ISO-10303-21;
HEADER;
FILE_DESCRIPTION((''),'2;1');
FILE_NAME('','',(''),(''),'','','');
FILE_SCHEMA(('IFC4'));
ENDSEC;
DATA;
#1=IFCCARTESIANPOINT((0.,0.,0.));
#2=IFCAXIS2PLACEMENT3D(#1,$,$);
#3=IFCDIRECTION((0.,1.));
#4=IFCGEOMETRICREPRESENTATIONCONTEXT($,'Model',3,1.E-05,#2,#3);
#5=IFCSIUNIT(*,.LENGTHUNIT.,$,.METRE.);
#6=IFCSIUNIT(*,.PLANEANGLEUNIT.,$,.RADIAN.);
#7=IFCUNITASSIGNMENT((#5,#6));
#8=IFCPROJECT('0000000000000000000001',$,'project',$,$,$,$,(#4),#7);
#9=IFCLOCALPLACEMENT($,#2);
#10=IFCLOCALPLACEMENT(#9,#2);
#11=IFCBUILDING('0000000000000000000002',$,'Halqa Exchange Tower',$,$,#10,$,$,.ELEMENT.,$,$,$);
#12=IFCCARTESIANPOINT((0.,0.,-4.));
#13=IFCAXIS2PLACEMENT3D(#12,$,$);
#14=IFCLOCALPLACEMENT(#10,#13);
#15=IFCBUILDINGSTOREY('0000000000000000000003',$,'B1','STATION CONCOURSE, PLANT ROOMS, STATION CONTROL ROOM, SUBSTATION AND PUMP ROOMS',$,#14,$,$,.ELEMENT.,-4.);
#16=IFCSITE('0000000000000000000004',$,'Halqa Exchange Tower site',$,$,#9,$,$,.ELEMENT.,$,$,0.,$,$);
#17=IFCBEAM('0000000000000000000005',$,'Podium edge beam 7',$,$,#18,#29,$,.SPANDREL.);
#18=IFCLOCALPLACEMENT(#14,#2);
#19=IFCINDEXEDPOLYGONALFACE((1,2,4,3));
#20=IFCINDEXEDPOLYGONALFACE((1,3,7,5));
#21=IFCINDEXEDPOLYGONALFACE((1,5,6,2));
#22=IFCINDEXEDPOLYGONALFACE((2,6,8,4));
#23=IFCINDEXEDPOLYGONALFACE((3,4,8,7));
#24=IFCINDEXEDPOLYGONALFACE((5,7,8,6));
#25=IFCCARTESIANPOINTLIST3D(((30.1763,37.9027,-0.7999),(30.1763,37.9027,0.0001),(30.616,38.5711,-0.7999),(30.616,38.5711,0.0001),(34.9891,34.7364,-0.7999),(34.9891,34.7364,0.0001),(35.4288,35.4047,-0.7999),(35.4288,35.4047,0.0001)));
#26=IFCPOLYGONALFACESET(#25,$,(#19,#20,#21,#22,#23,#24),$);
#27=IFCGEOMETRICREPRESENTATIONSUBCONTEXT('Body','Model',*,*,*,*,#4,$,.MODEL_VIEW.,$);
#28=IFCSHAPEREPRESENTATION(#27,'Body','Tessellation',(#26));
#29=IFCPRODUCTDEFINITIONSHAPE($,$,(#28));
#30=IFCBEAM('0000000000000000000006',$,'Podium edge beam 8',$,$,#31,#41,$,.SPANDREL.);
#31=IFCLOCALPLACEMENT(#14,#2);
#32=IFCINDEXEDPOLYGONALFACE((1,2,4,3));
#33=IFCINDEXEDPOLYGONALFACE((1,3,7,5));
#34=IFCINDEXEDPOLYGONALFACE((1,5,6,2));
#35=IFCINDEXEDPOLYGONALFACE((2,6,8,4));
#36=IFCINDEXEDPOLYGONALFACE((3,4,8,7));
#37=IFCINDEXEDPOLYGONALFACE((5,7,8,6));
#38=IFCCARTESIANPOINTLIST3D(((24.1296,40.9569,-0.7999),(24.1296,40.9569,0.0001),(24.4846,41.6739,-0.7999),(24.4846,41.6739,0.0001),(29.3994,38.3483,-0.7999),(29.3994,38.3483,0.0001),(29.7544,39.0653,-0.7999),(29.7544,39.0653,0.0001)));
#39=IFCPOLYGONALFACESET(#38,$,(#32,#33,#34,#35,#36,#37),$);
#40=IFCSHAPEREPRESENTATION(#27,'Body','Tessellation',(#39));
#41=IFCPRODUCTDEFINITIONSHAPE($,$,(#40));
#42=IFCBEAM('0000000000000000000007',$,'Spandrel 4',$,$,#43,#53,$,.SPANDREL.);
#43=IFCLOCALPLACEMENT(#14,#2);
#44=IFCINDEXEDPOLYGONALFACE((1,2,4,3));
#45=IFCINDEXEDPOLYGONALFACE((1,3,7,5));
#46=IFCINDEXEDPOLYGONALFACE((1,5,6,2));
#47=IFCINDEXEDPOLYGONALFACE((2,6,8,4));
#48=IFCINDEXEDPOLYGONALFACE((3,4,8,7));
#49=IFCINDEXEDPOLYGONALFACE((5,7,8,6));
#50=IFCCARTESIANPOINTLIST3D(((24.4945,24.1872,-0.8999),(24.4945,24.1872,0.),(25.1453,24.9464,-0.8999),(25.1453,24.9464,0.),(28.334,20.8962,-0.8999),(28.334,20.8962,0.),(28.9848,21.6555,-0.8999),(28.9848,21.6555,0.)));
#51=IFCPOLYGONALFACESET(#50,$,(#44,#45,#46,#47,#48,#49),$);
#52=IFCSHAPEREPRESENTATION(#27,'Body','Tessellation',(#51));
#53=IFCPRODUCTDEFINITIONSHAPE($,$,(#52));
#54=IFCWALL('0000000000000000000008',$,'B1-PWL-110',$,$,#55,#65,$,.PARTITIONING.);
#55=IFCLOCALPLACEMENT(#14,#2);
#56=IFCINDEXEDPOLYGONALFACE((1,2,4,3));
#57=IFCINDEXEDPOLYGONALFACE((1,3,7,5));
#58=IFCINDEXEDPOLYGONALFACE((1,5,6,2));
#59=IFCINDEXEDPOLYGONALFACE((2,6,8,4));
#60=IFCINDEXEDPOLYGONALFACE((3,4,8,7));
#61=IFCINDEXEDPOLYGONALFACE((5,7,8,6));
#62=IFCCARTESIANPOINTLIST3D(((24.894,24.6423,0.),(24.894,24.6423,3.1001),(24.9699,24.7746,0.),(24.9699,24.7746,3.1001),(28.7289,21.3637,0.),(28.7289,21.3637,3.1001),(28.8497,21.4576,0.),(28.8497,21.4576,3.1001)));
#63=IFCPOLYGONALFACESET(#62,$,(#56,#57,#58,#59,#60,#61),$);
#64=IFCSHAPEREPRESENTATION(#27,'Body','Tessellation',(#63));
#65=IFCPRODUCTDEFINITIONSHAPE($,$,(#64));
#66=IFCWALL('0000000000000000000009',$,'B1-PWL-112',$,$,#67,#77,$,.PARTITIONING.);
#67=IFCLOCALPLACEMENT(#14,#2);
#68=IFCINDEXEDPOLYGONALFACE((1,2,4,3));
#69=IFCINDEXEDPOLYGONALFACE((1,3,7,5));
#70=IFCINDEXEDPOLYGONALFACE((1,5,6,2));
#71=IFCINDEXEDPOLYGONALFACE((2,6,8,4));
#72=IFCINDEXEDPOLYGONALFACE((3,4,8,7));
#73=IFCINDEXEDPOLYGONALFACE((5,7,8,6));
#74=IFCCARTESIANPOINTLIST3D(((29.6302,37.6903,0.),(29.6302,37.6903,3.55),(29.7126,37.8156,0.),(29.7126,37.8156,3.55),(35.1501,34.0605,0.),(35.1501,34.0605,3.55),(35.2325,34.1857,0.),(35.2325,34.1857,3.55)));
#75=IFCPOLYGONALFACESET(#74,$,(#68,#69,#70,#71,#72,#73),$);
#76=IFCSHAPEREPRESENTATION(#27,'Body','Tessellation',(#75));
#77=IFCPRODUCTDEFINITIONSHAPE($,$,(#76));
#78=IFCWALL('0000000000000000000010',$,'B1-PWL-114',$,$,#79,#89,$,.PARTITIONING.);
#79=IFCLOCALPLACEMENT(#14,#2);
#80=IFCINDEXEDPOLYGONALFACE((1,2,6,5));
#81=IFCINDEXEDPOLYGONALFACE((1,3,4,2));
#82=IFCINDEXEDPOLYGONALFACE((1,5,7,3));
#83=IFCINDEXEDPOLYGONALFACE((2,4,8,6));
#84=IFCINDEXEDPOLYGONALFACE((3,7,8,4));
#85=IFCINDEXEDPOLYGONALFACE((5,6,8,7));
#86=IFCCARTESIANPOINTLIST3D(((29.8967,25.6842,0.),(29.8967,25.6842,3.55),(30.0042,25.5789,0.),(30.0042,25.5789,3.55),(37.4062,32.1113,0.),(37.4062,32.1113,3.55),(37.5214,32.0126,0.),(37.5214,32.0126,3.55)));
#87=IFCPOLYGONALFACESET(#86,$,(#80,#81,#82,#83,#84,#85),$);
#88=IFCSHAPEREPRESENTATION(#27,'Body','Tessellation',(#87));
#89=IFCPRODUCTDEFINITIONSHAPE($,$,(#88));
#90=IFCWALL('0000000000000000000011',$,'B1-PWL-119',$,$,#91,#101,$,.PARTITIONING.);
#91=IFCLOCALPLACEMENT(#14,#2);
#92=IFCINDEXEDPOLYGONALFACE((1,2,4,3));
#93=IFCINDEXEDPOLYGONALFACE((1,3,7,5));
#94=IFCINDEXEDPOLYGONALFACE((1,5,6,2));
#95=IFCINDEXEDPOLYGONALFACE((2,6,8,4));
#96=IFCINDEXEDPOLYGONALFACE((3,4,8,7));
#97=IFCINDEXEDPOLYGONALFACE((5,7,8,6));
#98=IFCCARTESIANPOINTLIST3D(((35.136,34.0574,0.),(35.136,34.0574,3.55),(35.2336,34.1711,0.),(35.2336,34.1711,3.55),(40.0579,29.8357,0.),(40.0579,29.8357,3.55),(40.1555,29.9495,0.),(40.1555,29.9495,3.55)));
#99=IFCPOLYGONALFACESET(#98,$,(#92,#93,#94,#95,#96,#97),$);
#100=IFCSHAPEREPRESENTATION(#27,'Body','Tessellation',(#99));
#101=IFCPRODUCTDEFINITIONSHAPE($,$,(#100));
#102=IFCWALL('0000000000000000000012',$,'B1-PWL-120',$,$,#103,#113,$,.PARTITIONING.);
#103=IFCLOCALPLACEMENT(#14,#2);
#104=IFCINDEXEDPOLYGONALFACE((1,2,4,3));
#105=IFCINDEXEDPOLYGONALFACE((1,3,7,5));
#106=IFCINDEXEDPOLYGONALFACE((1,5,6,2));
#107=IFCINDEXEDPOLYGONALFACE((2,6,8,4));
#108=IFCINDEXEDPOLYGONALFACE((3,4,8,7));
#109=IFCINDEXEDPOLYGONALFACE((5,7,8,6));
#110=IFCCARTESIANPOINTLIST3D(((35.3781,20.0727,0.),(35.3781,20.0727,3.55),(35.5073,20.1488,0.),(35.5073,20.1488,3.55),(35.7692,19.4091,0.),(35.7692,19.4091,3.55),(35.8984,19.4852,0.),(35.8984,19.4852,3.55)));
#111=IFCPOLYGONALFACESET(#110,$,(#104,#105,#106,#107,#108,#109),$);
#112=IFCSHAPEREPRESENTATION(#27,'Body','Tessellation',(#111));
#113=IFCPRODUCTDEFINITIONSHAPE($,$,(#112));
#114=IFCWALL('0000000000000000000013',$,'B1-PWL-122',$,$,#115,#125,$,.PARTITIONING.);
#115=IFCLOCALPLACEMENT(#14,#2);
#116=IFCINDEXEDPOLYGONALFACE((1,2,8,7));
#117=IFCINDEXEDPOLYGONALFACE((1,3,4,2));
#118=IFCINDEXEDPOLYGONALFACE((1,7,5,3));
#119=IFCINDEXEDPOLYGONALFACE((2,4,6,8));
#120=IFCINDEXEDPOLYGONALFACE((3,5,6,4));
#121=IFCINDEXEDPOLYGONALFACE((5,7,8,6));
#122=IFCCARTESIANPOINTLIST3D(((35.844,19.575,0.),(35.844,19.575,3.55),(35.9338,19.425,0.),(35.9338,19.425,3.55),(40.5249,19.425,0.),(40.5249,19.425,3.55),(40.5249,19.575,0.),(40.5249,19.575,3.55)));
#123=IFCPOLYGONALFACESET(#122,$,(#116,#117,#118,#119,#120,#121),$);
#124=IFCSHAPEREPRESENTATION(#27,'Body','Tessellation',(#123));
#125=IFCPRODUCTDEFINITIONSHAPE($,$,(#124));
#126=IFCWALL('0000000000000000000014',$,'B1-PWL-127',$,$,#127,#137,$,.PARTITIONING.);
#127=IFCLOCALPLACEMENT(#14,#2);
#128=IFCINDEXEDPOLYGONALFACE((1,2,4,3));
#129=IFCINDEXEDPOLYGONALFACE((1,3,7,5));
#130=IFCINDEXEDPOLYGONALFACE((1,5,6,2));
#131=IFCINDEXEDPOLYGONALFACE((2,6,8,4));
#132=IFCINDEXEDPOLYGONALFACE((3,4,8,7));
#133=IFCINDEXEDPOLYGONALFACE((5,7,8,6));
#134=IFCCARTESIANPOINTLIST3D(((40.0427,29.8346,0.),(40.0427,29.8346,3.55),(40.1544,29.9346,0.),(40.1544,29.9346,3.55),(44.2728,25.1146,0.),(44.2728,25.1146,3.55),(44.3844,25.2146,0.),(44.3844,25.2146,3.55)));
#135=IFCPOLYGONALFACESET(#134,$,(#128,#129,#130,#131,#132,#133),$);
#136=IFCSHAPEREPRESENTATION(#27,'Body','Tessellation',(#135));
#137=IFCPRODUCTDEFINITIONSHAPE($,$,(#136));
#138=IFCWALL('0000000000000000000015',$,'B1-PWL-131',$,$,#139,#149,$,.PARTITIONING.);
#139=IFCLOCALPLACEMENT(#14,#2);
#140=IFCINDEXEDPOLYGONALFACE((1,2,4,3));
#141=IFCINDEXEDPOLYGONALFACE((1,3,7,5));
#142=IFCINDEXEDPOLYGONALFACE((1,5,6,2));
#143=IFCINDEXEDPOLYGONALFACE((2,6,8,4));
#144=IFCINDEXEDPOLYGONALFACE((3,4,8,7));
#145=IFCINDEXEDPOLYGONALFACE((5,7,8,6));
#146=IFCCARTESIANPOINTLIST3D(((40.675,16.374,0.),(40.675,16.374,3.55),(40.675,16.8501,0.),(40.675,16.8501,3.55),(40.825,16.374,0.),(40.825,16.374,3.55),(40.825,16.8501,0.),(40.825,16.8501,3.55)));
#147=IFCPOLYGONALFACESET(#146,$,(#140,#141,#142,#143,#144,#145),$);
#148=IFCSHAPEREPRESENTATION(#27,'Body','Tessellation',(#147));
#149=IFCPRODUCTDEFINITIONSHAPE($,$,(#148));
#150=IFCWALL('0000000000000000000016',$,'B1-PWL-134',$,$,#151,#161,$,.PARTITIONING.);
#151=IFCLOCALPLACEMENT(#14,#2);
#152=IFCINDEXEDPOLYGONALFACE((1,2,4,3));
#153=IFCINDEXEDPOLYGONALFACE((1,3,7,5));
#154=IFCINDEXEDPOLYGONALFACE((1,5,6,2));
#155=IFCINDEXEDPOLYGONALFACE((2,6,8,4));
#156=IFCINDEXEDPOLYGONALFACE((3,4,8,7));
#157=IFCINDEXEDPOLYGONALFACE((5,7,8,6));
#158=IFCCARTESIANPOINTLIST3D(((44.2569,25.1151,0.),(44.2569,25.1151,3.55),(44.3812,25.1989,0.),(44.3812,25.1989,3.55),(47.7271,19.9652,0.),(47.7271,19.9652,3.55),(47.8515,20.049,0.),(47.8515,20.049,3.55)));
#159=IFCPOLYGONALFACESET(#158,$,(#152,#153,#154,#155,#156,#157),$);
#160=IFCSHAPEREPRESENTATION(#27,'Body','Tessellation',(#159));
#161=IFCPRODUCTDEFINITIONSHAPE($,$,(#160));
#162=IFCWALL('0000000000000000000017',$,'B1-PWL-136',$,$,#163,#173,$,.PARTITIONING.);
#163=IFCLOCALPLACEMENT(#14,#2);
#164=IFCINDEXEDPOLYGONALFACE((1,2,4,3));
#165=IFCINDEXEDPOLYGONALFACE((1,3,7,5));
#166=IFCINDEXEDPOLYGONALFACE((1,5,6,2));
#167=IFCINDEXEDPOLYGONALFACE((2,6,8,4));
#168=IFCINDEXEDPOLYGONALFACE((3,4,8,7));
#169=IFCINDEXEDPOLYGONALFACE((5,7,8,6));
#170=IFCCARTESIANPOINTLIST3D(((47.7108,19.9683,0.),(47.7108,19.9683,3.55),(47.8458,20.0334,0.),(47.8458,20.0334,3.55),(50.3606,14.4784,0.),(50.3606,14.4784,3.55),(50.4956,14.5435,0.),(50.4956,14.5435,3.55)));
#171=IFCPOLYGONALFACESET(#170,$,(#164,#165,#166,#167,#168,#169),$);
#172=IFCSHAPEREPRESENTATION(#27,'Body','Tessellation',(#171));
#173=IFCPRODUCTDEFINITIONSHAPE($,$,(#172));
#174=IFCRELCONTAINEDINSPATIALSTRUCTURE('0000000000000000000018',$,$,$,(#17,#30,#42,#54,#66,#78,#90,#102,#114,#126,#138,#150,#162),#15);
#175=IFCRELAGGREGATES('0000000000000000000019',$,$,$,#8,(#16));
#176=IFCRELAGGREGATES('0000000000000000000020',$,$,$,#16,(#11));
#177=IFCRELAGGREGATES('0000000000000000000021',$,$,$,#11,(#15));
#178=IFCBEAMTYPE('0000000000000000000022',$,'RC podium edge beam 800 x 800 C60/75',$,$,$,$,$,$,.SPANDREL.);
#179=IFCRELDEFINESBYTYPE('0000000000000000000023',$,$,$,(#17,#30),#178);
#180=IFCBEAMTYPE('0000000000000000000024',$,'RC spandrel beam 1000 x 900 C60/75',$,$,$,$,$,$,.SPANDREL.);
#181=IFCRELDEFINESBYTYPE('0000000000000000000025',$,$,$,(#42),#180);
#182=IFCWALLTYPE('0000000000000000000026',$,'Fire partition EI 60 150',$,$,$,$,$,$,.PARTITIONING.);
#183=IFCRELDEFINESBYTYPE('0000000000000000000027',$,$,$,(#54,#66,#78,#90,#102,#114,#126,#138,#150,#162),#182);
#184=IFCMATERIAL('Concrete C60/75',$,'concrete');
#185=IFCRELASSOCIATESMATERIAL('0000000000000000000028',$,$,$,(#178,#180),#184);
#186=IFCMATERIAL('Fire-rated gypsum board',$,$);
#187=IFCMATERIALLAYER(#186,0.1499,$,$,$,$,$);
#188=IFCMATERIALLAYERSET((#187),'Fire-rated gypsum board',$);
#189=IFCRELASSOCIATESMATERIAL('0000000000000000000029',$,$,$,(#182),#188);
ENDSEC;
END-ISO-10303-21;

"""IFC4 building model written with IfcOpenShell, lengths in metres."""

from ifc_helpers import new_model, si_unit, direction, frame, frame_2d, origin, origin_2d, place, context, subcontext, project, spatial, polyline, rectangle, outline, extrude, material, layer, layer_set, material_profile, profile_set, type_object, element, save


model = new_model("IFC4")

# Units and contexts
model_context = context("Model", 3, precision=1e-05, world=origin(), true_north=direction((0.0, 1.0)))
body_context = subcontext(model_context, "Body", "Model", "MODEL_VIEW")
ifc_project = project(units=[si_unit("LENGTHUNIT", "METRE"), si_unit("PLANEANGLEUNIT", "RADIAN")], contexts=[model_context])

# Site, building, storey
site_placement = place(None, origin())
site = spatial("IfcSite", under=ifc_project, at=site_placement, Name="Halqa Exchange Tower site", CompositionType="ELEMENT", RefElevation=0.0)
building_placement = place(site_placement, origin())
building = spatial("IfcBuilding", under=site, at=building_placement, Name="Halqa Exchange Tower", CompositionType="ELEMENT")
storey_placement = place(building_placement, frame((0.0, 0.0, -4.0)))
storey = spatial("IfcBuildingStorey", under=building, at=storey_placement, Name="B1", Description="STATION CONCOURSE, PLANT ROOMS, STATION CONTROL ROOM, SUBSTATION AND PUMP ROOMS", CompositionType="ELEMENT", Elevation=-4.0)

# Shared definitions
ifc_material_1 = material(Name="Concrete C60/75", Category="concrete")

# Beams
ifc_material_profile_1 = material_profile(ifc_material_1, rectangle(XDim=0.8, YDim=0.8, at=origin_2d()), Name="800 x 800")
ifc_profile_set_1 = profile_set([ifc_material_profile_1], Name="Concrete C60/75")
beam_type_1 = type_object("IfcBeamType", Name="RC podium edge beam 800 x 800 C60/75", PredefinedType="SPANDREL", material=ifc_profile_set_1)
beam_1_placement = place(storey_placement, frame((35.209, 35.0706, -0.3999), z_axis=(-0.835419, 0.549614, 0.0), x_axis=(-0.549614, -0.835419, 0.0)))
element("IfcBeam", 1, at=beam_1_placement, inside=storey, type_object=beam_type_1, Name="Podium edge beam 7", PredefinedType="SPANDREL", context=body_context, shape_type="SweptSolid", body=[
    extrude(rectangle(XDim=0.8, YDim=0.8, at=origin_2d()), origin(), (0.0, 0.0, 1.0), 5.761),
])
beam_2_placement = place(storey_placement, frame((29.5769, 38.7068, -0.3999), z_axis=(-0.896205, 0.443639, 0.0), x_axis=(-0.443639, -0.896205, 0.0)))
element("IfcBeam", 2, at=beam_2_placement, inside=storey, type_object=beam_type_1, Name="Podium edge beam 8", PredefinedType="SPANDREL", context=body_context, shape_type="SweptSolid", body=[
    extrude(rectangle(XDim=0.8, YDim=0.8, at=origin_2d()), origin(), (0.0, 0.0, 1.0), 5.8801),
])
ifc_material_profile_2 = material_profile(ifc_material_1, rectangle(XDim=1.0, YDim=0.8999, at=origin_2d()), Name="1000 x 900")
ifc_profile_set_2 = profile_set([ifc_material_profile_2], Name="Concrete C60/75")
beam_type_2 = type_object("IfcBeamType", Name="RC spandrel beam 1000 x 900 C60/75", PredefinedType="SPANDREL", material=ifc_profile_set_2)
beam_3_placement = place(storey_placement, frame((28.6594, 21.2759, -0.45), z_axis=(-0.759263, 0.650783, 0.0), x_axis=(-0.650783, -0.759263, 0.0)))
element("IfcBeam", 3, at=beam_3_placement, inside=storey, type_object=beam_type_2, Name="Spandrel 4", PredefinedType="SPANDREL", context=body_context, shape_type="SweptSolid", body=[
    extrude(rectangle(XDim=1.0, YDim=0.8999, at=origin_2d()), origin(), (0.0, 0.0, 1.0), 5.0569),
])

# Walls
ifc_material_2 = material(Name="Fire-rated gypsum board")
ifc_layer_1 = layer(ifc_material_2, 0.1499)
ifc_layer_set_1 = layer_set([ifc_layer_1], Name="Fire-rated gypsum board")
wall_type_1 = type_object("IfcWallType", Name="Fire partition EI 60 150", PredefinedType="PARTITIONING", material=ifc_layer_set_1)
wall_1_placement = place(storey_placement, frame((28.7893, 21.4106, 0.0), z_axis=(0.0, 0.0, 1.0), x_axis=(-0.760085, 0.649824, 0.0)))
element("IfcWall", 4, at=wall_1_placement, inside=storey, type_object=wall_type_1, Name="B1-PWL-110", PredefinedType="PARTITIONING", context=body_context, shape_type="SweptSolid", body=[
    extrude(outline(polyline([(-0.0154, -0.075), (5.0891, -0.075), (5.0608, 0.075), (0.0154, 0.075), (-0.0154, -0.075)])), origin(), (0.0, 0.0, 1.0), 3.1001),
])
wall_2_placement = place(storey_placement, frame((29.6714, 37.7529, 0.0), z_axis=(0.0, 0.0, 1.0), x_axis=(0.835536, -0.549436, 0.0)))
element("IfcWall", 5, at=wall_2_placement, inside=storey, type_object=wall_type_1, Name="B1-PWL-112", PredefinedType="PARTITIONING", context=body_context, shape_type="SweptSolid", body=[
    extrude(rectangle(XDim=6.6064, YDim=0.1499, at=frame_2d((3.3032, 0.0))), origin(), (0.0, 0.0, 1.0), 3.55),
])
wall_3_placement = place(storey_placement, frame((29.9504, 25.6316, 0.0), z_axis=(0.0, 0.0, 1.0), x_axis=(0.759739, 0.650228, 0.0)))
element("IfcWall", 6, at=wall_3_placement, inside=storey, type_object=wall_type_1, Name="B1-PWL-114", PredefinedType="PARTITIONING", context=body_context, shape_type="SweptSolid", body=[
    extrude(outline(polyline([(0.0066, -0.075), (9.9011, -0.075), (9.8777, 0.075), (-0.0066, 0.075), (0.0066, -0.075)])), origin(), (0.0, 0.0, 1.0), 3.55),
])
wall_4_placement = place(storey_placement, frame((35.1848, 34.1143, 0.0), z_axis=(0.0, 0.0, 1.0), x_axis=(0.759033, -0.651052, 0.0)))
element("IfcWall", 7, at=wall_4_placement, inside=storey, type_object=wall_type_1, Name="B1-PWL-119", PredefinedType="PARTITIONING", context=body_context, shape_type="SweptSolid", body=[
    extrude(rectangle(XDim=6.4844, YDim=0.1499, at=frame_2d((3.2422, 0.0))), origin(), (0.0, 0.0, 1.0), 3.55),
])
wall_5_placement = place(storey_placement, frame((35.4426, 20.1108, 0.0), z_axis=(0.0, 0.0, 1.0), x_axis=(0.507768, -0.861494, 0.0)))
element("IfcWall", 8, at=wall_5_placement, inside=storey, type_object=wall_type_1, Name="B1-PWL-120", PredefinedType="PARTITIONING", context=body_context, shape_type="SweptSolid", body=[
    extrude(rectangle(XDim=0.7703, YDim=0.1499, at=frame_2d((0.3853, 0.0))), origin(), (0.0, 0.0, 1.0), 3.55),
])
wall_6_placement = place(storey_placement, frame((35.8889, 19.5, 0.0), z_axis=(0.0, 0.0, 1.0), x_axis=(1.0, 0.0, 0.0)))
element("IfcWall", 9, at=wall_6_placement, inside=storey, type_object=wall_type_1, Name="B1-PWL-122", PredefinedType="PARTITIONING", context=body_context, shape_type="SweptSolid", body=[
    extrude(outline(polyline([(0.0449, -0.075), (4.636, -0.075), (4.636, 0.075), (-0.0449, 0.075), (0.0449, -0.075)])), origin(), (0.0, 0.0, 1.0), 3.55),
])
wall_7_placement = place(storey_placement, frame((40.0986, 29.8845, 0.0), z_axis=(0.0, 0.0, 1.0), x_axis=(0.667395, -0.744704, 0.0)))
element("IfcWall", 10, at=wall_7_placement, inside=storey, type_object=wall_type_1, Name="B1-PWL-127", PredefinedType="PARTITIONING", context=body_context, shape_type="SweptSolid", body=[
    extrude(rectangle(XDim=6.3381, YDim=0.1499, at=frame_2d((3.1689, 0.0))), origin(), (0.0, 0.0, 1.0), 3.55),
])
wall_8_placement = place(storey_placement, frame((40.75, 16.8501, 0.0), z_axis=(0.0, 0.0, 1.0), x_axis=(0.0, -1.0, 0.0)))
element("IfcWall", 11, at=wall_8_placement, inside=storey, type_object=wall_type_1, Name="B1-PWL-131", PredefinedType="PARTITIONING", context=body_context, shape_type="SweptSolid", body=[
    extrude(rectangle(XDim=0.4761, YDim=0.1499, at=frame_2d((0.238, 0.0))), origin(), (0.0, 0.0, 1.0), 3.55),
])
wall_9_placement = place(storey_placement, frame((44.3191, 25.157, 0.0), z_axis=(0.0, 0.0, 1.0), x_axis=(0.558812, -0.829294, 0.0)))
element("IfcWall", 12, at=wall_9_placement, inside=storey, type_object=wall_type_1, Name="B1-PWL-134", PredefinedType="PARTITIONING", context=body_context, shape_type="SweptSolid", body=[
    extrude(rectangle(XDim=6.21, YDim=0.1499, at=frame_2d((3.105, 0.0))), origin(), (0.0, 0.0, 1.0), 3.55),
])
wall_10_placement = place(storey_placement, frame((47.7783, 20.0007, 0.0), z_axis=(0.0, 0.0, 1.0), x_axis=(0.434691, -0.90058, 0.0)))
element("IfcWall", 13, at=wall_10_placement, inside=storey, type_object=wall_type_1, Name="B1-PWL-136", PredefinedType="PARTITIONING", context=body_context, shape_type="SweptSolid", body=[
    extrude(rectangle(XDim=6.0959, YDim=0.1499, at=frame_2d((3.0479, 0.0))), origin(), (0.0, 0.0, 1.0), 3.55),
])

save(model, "model.ifc")
